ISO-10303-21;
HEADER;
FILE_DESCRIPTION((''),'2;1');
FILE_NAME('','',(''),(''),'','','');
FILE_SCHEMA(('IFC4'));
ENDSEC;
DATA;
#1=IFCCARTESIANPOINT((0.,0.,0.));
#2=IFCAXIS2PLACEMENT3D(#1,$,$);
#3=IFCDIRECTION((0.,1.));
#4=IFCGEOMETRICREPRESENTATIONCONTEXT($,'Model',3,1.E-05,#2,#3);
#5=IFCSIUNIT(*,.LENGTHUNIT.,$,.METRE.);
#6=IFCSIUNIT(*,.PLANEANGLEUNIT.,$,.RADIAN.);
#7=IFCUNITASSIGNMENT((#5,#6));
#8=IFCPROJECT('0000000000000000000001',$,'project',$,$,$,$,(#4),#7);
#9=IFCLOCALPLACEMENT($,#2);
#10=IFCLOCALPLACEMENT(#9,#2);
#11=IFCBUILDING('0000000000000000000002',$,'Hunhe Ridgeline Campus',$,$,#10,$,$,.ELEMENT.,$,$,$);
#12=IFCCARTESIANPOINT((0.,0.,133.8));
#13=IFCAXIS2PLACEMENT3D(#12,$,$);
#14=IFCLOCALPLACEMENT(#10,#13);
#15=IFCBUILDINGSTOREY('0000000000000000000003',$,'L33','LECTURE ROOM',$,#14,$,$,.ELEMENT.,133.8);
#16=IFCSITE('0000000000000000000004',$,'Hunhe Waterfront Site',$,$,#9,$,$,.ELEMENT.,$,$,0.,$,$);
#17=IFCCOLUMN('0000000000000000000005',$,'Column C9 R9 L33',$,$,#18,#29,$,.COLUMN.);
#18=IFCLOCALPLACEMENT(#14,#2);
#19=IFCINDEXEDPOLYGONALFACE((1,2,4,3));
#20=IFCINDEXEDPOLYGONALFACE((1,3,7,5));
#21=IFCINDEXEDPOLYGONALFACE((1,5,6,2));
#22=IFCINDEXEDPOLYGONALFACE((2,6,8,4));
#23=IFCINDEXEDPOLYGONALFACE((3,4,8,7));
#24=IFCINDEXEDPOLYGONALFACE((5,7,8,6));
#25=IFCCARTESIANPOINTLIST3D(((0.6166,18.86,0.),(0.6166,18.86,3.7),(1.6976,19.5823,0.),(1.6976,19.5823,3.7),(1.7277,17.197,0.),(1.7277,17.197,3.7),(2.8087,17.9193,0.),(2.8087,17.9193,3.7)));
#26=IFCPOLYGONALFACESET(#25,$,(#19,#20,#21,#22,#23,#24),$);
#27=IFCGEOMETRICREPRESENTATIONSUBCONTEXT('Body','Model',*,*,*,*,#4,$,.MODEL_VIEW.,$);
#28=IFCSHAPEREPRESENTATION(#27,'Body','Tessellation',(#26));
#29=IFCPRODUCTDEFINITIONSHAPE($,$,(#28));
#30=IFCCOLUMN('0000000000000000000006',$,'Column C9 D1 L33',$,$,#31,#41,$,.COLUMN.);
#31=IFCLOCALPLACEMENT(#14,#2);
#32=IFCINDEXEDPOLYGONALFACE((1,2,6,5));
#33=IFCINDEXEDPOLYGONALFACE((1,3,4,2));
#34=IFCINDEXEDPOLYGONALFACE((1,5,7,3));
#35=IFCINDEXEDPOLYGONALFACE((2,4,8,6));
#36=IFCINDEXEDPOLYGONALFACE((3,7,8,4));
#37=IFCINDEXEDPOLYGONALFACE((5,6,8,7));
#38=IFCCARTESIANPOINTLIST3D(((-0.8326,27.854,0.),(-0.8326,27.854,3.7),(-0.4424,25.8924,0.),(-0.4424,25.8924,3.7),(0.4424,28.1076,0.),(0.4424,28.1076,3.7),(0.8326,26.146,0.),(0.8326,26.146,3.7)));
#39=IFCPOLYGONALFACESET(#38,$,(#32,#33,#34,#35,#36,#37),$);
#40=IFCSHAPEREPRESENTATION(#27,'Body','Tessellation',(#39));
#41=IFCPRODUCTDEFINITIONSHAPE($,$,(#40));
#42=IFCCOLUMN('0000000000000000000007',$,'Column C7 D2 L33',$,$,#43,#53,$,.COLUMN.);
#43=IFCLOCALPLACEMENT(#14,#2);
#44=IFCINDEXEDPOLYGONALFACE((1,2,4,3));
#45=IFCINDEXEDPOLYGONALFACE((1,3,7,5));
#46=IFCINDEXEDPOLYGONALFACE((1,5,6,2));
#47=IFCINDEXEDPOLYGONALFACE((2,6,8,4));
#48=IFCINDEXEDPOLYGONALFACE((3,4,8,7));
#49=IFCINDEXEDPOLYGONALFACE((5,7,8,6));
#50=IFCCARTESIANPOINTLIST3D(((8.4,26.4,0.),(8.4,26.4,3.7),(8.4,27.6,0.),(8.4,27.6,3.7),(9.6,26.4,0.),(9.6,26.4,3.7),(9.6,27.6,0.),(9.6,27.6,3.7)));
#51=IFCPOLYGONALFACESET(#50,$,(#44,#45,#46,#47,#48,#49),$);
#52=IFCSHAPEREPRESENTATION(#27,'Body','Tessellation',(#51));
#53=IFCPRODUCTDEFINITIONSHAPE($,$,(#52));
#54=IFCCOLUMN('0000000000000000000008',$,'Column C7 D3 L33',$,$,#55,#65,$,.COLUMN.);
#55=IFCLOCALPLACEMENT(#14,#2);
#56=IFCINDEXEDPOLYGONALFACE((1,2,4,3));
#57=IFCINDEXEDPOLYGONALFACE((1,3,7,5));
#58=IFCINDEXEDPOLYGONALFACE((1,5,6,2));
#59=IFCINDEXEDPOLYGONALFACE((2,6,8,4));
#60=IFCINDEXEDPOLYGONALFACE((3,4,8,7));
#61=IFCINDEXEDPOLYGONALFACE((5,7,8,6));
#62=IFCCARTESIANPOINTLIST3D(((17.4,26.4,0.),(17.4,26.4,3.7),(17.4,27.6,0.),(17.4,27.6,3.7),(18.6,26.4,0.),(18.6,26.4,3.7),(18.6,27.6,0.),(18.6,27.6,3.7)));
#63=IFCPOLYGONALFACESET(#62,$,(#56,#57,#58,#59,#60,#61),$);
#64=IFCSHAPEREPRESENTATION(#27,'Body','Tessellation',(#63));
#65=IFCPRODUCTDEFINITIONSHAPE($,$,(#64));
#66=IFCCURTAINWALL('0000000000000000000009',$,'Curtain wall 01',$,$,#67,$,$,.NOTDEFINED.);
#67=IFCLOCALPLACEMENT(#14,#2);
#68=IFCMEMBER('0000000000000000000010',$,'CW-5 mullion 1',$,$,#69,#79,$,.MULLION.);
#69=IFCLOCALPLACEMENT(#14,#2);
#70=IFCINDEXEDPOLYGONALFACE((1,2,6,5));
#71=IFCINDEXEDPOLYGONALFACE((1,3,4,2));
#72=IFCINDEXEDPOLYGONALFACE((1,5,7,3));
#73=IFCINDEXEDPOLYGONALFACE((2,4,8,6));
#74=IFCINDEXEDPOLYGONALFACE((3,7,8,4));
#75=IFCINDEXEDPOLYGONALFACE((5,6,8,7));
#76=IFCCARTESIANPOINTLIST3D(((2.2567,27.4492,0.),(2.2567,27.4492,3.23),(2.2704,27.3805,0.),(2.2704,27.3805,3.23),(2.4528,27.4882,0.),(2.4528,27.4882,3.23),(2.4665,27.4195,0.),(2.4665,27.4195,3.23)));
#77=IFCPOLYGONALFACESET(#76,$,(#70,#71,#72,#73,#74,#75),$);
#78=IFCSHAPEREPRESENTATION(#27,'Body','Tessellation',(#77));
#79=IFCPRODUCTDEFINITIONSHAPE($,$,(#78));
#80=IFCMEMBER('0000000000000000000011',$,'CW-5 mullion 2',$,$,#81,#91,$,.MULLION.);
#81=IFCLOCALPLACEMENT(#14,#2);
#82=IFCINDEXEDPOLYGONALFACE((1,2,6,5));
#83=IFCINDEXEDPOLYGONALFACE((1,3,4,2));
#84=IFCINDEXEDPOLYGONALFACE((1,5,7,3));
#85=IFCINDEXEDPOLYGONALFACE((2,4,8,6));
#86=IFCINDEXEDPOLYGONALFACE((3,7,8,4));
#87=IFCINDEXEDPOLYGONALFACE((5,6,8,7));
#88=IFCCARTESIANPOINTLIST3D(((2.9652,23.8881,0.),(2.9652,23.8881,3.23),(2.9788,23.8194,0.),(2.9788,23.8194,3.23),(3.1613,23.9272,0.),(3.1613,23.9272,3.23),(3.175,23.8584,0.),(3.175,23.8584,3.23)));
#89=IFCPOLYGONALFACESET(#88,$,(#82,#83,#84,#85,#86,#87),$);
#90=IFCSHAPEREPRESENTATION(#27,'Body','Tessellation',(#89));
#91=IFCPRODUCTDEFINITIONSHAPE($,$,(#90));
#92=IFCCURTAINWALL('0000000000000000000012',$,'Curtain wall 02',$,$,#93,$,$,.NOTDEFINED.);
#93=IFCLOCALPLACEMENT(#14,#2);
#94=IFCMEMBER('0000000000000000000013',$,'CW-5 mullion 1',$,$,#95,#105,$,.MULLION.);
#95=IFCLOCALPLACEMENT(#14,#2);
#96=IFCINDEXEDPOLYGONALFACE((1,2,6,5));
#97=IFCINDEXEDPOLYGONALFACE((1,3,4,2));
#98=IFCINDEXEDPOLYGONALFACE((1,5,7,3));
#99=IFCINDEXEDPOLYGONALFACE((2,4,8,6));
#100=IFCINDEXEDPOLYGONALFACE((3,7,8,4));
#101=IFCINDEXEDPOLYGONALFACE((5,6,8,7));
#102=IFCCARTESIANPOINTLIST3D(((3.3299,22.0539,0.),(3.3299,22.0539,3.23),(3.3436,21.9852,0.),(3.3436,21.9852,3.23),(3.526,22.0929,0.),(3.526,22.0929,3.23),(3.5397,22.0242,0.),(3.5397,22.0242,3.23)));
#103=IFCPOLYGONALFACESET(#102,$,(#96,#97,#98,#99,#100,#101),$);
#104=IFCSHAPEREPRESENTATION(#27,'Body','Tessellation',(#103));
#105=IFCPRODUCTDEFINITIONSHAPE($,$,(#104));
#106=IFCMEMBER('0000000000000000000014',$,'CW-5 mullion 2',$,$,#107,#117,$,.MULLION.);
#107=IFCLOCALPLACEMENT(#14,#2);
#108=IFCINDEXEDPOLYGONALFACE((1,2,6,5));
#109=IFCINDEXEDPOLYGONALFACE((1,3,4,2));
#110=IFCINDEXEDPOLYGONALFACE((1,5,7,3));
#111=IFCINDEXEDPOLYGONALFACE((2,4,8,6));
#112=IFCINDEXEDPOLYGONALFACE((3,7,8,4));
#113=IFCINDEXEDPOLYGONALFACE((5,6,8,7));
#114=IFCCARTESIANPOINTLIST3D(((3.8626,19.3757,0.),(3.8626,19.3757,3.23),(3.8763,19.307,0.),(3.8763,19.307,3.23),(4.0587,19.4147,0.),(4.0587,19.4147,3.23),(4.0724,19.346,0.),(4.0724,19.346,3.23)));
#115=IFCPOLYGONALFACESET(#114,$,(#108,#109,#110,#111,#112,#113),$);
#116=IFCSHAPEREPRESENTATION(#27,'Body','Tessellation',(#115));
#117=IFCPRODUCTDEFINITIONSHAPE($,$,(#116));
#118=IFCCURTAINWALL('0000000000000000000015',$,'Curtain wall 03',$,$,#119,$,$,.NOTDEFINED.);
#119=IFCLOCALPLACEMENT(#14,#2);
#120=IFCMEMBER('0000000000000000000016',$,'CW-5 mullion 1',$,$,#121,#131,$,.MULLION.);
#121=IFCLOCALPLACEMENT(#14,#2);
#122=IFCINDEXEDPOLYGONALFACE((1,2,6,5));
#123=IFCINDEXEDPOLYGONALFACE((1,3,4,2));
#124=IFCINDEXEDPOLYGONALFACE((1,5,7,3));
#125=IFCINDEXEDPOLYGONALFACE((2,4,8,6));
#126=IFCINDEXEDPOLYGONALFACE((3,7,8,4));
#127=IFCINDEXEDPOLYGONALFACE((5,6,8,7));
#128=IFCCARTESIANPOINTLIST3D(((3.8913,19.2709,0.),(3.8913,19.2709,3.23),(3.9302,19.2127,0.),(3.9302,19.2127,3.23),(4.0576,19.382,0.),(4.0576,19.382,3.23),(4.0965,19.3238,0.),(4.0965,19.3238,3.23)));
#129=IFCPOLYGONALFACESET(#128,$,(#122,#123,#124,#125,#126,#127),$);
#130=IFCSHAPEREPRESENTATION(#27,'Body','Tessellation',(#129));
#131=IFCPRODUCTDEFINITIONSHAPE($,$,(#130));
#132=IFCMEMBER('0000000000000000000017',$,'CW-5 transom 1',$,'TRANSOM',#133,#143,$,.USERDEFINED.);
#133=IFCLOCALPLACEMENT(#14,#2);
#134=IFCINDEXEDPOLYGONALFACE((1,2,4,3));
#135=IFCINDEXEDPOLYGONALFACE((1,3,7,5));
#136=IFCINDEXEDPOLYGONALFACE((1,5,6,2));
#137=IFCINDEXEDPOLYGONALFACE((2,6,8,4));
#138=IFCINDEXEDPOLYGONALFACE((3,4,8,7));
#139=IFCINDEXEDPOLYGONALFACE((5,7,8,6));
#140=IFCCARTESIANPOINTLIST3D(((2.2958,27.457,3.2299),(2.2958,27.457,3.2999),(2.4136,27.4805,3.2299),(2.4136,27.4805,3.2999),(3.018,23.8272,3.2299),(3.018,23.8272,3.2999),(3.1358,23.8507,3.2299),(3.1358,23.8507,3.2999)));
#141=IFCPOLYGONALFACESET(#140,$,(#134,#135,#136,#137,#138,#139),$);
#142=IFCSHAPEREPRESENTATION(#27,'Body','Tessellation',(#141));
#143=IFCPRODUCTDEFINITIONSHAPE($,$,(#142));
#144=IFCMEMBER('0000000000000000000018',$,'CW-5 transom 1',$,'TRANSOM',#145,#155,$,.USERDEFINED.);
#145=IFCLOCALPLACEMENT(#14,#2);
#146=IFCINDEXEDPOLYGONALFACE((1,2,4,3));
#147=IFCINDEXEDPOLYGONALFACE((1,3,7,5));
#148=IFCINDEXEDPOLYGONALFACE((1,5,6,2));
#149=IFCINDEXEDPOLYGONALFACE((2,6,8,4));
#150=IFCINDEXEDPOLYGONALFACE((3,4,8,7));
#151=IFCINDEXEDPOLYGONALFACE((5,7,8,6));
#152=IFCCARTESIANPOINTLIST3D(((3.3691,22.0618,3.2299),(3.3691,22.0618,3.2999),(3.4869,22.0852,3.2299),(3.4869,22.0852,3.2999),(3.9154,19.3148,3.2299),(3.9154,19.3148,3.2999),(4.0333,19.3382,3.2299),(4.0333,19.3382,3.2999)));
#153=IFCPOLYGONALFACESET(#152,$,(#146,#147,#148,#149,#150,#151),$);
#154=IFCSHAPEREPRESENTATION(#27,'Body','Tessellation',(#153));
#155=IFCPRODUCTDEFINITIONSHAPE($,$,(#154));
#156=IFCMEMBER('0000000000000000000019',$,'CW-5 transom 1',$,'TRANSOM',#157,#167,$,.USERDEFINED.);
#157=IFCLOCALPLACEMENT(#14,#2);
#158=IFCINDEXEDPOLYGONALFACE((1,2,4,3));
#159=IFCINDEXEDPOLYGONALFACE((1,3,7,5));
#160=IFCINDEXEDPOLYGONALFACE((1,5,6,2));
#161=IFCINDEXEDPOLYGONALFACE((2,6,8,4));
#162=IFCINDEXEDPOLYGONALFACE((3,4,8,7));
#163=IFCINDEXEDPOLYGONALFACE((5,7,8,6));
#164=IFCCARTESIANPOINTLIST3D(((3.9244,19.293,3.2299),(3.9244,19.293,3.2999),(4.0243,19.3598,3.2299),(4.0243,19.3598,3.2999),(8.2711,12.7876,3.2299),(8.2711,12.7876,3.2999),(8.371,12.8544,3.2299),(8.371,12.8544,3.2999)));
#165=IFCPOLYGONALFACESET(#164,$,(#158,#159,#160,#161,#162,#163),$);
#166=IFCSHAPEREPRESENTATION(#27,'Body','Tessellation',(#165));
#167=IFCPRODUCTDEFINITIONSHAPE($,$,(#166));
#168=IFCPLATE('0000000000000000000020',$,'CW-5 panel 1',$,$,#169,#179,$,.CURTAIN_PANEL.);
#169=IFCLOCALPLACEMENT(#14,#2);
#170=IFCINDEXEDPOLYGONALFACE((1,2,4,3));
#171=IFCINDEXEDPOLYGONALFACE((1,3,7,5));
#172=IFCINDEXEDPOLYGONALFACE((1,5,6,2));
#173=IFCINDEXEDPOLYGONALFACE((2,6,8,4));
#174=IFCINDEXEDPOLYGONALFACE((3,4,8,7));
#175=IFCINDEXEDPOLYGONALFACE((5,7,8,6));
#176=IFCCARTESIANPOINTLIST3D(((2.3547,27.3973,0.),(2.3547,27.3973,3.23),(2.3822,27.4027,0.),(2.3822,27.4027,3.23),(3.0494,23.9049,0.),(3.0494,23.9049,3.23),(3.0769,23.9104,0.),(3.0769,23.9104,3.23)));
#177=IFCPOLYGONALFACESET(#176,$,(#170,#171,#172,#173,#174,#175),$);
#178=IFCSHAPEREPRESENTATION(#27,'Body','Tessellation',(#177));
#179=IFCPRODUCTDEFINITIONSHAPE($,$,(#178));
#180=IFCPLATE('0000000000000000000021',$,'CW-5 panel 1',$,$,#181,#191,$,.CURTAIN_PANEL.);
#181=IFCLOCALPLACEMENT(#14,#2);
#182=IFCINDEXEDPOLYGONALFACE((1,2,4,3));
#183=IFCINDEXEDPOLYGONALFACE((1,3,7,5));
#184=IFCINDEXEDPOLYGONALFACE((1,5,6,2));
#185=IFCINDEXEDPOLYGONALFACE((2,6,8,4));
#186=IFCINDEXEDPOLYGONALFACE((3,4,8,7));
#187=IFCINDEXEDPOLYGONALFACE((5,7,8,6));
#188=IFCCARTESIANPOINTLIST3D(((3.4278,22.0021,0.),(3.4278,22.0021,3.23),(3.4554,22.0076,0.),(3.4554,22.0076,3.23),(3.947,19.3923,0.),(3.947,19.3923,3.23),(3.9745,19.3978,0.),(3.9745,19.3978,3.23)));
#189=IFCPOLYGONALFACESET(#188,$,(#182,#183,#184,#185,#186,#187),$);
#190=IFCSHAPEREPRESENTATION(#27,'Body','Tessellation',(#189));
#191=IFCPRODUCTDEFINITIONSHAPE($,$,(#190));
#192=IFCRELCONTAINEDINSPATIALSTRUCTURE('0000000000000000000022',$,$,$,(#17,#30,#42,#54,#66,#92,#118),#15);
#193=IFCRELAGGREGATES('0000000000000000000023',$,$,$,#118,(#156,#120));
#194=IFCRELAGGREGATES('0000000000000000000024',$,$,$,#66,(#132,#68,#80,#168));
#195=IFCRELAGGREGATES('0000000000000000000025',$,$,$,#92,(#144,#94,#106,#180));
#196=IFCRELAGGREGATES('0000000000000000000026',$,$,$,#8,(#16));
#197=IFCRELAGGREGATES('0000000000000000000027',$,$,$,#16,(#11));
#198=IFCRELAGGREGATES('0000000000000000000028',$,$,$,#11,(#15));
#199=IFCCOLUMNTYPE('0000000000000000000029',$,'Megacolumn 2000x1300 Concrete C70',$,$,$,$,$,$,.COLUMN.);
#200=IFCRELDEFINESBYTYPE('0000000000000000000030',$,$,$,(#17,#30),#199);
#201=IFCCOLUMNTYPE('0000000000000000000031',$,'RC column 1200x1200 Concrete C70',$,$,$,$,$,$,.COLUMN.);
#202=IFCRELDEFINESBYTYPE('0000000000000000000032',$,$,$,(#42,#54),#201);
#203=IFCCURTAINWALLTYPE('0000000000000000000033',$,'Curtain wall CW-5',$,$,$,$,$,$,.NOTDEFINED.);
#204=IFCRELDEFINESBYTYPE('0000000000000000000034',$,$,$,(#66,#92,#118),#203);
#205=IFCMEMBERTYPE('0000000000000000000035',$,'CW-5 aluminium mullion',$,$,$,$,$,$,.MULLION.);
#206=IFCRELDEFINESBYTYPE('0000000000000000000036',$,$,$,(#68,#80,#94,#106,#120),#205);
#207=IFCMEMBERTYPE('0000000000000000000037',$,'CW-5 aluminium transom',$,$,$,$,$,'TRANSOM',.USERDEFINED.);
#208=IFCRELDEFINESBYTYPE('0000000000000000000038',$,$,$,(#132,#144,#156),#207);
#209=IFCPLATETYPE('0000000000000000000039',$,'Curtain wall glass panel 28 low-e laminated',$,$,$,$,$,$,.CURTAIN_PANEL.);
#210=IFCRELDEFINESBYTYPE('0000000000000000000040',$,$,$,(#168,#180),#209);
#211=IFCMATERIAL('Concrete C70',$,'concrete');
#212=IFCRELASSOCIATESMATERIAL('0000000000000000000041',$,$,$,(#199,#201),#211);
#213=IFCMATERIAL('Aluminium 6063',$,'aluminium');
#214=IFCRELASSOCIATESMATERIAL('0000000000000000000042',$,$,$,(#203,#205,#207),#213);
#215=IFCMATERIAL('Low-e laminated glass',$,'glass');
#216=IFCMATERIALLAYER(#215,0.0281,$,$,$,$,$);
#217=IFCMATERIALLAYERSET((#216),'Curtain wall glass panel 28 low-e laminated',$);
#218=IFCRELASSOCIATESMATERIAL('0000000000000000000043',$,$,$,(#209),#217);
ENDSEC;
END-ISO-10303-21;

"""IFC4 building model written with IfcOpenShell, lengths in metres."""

from ifc_helpers import new_model, si_unit, direction, frame, origin, origin_2d, place, context, subcontext, project, spatial, rectangle, extrude, material, layer, layer_set, material_profile, profile_set, type_object, element, aggregate, save


model = new_model("IFC4")

# Units and contexts
model_context = context("Model", 3, precision=1e-05, world=origin(), true_north=direction((0.0, 1.0)))
body_context = subcontext(model_context, "Body", "Model", "MODEL_VIEW")
ifc_project = project(units=[si_unit("LENGTHUNIT", "METRE"), si_unit("PLANEANGLEUNIT", "RADIAN")], contexts=[model_context])

# Site, building, storey
site_placement = place(None, origin())
site = spatial("IfcSite", under=ifc_project, at=site_placement, Name="Hunhe Waterfront Site", CompositionType="ELEMENT", RefElevation=0.0)
building_placement = place(site_placement, origin())
building = spatial("IfcBuilding", under=site, at=building_placement, Name="Hunhe Ridgeline Campus", CompositionType="ELEMENT")
storey_placement = place(building_placement, frame((0.0, 0.0, 133.8)))
storey = spatial("IfcBuildingStorey", under=building, at=storey_placement, Name="L33", Description="LECTURE ROOM", CompositionType="ELEMENT", Elevation=133.8)

# Columns
ifc_material_1 = material(Name="Concrete C70", Category="concrete")
ifc_material_profile_1 = material_profile(ifc_material_1, rectangle(XDim=2.0, YDim=1.3, at=origin_2d()))
ifc_profile_set_1 = profile_set([ifc_material_profile_1], Name="Concrete C70")
column_type_1 = type_object("IfcColumnType", Name="Megacolumn 2000x1300 Concrete C70", PredefinedType="COLUMN", material=ifc_profile_set_1)
for number, where, z_axis, x_axis, name in (
    (1, (1.7126, 18.3896, 0.0), (0.0, 0.0, 1.0), (-0.55557, 0.83147, 0.0), "Column C9 R9 L33"),
    (2, (0.0, 27.0, 0.0), (0.0, 0.0, 1.0), (-0.19509, 0.980785, 0.0), "Column C9 D1 L33"),
):
    element("IfcColumn", number, at=place(storey_placement, frame(where, z_axis=z_axis, x_axis=x_axis)), inside=storey, type_object=column_type_1, Name=name, PredefinedType="COLUMN", context=body_context, shape_type="SweptSolid", body=[
        extrude(rectangle(XDim=2.0, YDim=1.3, at=origin_2d()), origin(), (0.0, 0.0, 1.0), 3.7),
    ])
ifc_material_profile_2 = material_profile(ifc_material_1, rectangle(XDim=1.2, YDim=1.2, at=origin_2d()))
ifc_profile_set_2 = profile_set([ifc_material_profile_2], Name="Concrete C70")
column_type_2 = type_object("IfcColumnType", Name="RC column 1200x1200 Concrete C70", PredefinedType="COLUMN", material=ifc_profile_set_2)
for number, where, z_axis, x_axis, name in (
    (3, (9.0, 27.0, 0.0), (0.0, 0.0, 1.0), (1.0, 0.0, 0.0), "Column C7 D2 L33"),
    (4, (18.0, 27.0, 0.0), (0.0, 0.0, 1.0), (1.0, 0.0, 0.0), "Column C7 D3 L33"),
):
    element("IfcColumn", number, at=place(storey_placement, frame(where, z_axis=z_axis, x_axis=x_axis)), inside=storey, type_object=column_type_2, Name=name, PredefinedType="COLUMN", context=body_context, shape_type="SweptSolid", body=[
        extrude(rectangle(XDim=1.2, YDim=1.2, at=origin_2d()), origin(), (0.0, 0.0, 1.0), 3.7),
    ])

# Curtain walls, members
ifc_material_2 = material(Name="Aluminium 6063", Category="aluminium")
curtain_wall_type = type_object("IfcCurtainWallType", Name="Curtain wall CW-5", PredefinedType="NOTDEFINED", material=ifc_material_2)
curtain_wall_1_placement = place(storey_placement, origin())
curtain_wall_1 = element("IfcCurtainWall", 5, at=curtain_wall_1_placement, inside=storey, type_object=curtain_wall_type, Name="Curtain wall 01", PredefinedType="NOTDEFINED")
ifc_material_profile_3 = material_profile(ifc_material_2, rectangle(XDim=0.2, YDim=0.0701, at=origin_2d()))
ifc_profile_set_3 = profile_set([ifc_material_profile_3], Name="Aluminium 6063")
member_type_1 = type_object("IfcMemberType", Name="CW-5 aluminium mullion", PredefinedType="MULLION", material=ifc_profile_set_3)
member_1_placement = place(storey_placement, frame((2.3616, 27.4343, 0.0), z_axis=(0.0, 0.0, 1.0), x_axis=(0.980784, 0.195095, 0.0)))
member_1 = element("IfcMember", 6, at=member_1_placement, type_object=member_type_1, Name="CW-5 mullion 1", PredefinedType="MULLION", context=body_context, shape_type="SweptSolid", body=[
    extrude(rectangle(XDim=0.2, YDim=0.0701, at=origin_2d()), origin(), (0.0, 0.0, 1.0), 3.23),
])
member_2_placement = place(storey_placement, frame((3.0701, 23.8733, 0.0), z_axis=(0.0, 0.0, 1.0), x_axis=(0.980784, 0.195095, 0.0)))
member_2 = element("IfcMember", 7, at=member_2_placement, type_object=member_type_1, Name="CW-5 mullion 2", PredefinedType="MULLION", context=body_context, shape_type="SweptSolid", body=[
    extrude(rectangle(XDim=0.2, YDim=0.0701, at=origin_2d()), origin(), (0.0, 0.0, 1.0), 3.23),
])
curtain_wall_2_placement = place(storey_placement, origin())
curtain_wall_2 = element("IfcCurtainWall", 8, at=curtain_wall_2_placement, inside=storey, type_object=curtain_wall_type, Name="Curtain wall 02", PredefinedType="NOTDEFINED")
member_3_placement = place(storey_placement, frame((3.4348, 22.0391, 0.0), z_axis=(0.0, 0.0, 1.0), x_axis=(0.980784, 0.195095, 0.0)))
member_3 = element("IfcMember", 9, at=member_3_placement, type_object=member_type_1, Name="CW-5 mullion 1", PredefinedType="MULLION", context=body_context, shape_type="SweptSolid", body=[
    extrude(rectangle(XDim=0.2, YDim=0.0701, at=origin_2d()), origin(), (0.0, 0.0, 1.0), 3.23),
])
member_4_placement = place(storey_placement, frame((3.9675, 19.3608, 0.0), z_axis=(0.0, 0.0, 1.0), x_axis=(0.980784, 0.195095, 0.0)))
member_4 = element("IfcMember", 10, at=member_4_placement, type_object=member_type_1, Name="CW-5 mullion 2", PredefinedType="MULLION", context=body_context, shape_type="SweptSolid", body=[
    extrude(rectangle(XDim=0.2, YDim=0.0701, at=origin_2d()), origin(), (0.0, 0.0, 1.0), 3.23),
])

# Curtain wall, member
curtain_wall_3_placement = place(storey_placement, origin())
curtain_wall_3 = element("IfcCurtainWall", 11, at=curtain_wall_3_placement, inside=storey, type_object=curtain_wall_type, Name="Curtain wall 03", PredefinedType="NOTDEFINED")
member_5_placement = place(storey_placement, frame((3.9939, 19.2974, 0.0), z_axis=(0.0, 0.0, 1.0), x_axis=(0.83147, 0.55557, 0.0)))
member_5 = element("IfcMember", 12, at=member_5_placement, type_object=member_type_1, Name="CW-5 mullion 1", PredefinedType="MULLION", context=body_context, shape_type="SweptSolid", body=[
    extrude(rectangle(XDim=0.2, YDim=0.0701, at=origin_2d()), origin(), (0.0, 0.0, 1.0), 3.23),
])

# Members
ifc_material_profile_4 = material_profile(ifc_material_2, rectangle(XDim=0.1201, YDim=0.0701, at=origin_2d()))
ifc_profile_set_4 = profile_set([ifc_material_profile_4], Name="Aluminium 6063")
member_type_2 = type_object("IfcMemberType", Name="CW-5 aluminium transom", ElementType="TRANSOM", PredefinedType="USERDEFINED", material=ifc_profile_set_4)
member_6_placement = place(storey_placement, frame((2.3547, 27.4688, 3.2649), z_axis=(0.195127, -0.980778, 0.0), x_axis=(0.980778, 0.195127, 0.0)))
member_6 = element("IfcMember", 13, at=member_6_placement, type_object=member_type_2, Name="CW-5 transom 1", ObjectType="TRANSOM", PredefinedType="USERDEFINED", context=body_context, shape_type="SweptSolid", body=[
    extrude(rectangle(XDim=0.1201, YDim=0.0701, at=origin_2d()), origin(), (0.0, 0.0, 1.0), 3.7009),
])
member_7_placement = place(storey_placement, frame((3.428, 22.0735, 3.2649), z_axis=(0.195077, -0.980788, 0.0), x_axis=(0.980788, 0.195077, 0.0)))
member_7 = element("IfcMember", 14, at=member_7_placement, type_object=member_type_2, Name="CW-5 transom 1", ObjectType="TRANSOM", PredefinedType="USERDEFINED", context=body_context, shape_type="SweptSolid", body=[
    extrude(rectangle(XDim=0.1201, YDim=0.0701, at=origin_2d()), origin(), (0.0, 0.0, 1.0), 2.8008),
])
member_8_placement = place(storey_placement, frame((3.9744, 19.3264, 3.2649), z_axis=(0.555564, -0.831474, 0.0), x_axis=(0.831474, 0.555564, 0.0)))
member_8 = element("IfcMember", 15, at=member_8_placement, type_object=member_type_2, Name="CW-5 transom 1", ObjectType="TRANSOM", PredefinedType="USERDEFINED", context=body_context, shape_type="SweptSolid", body=[
    extrude(rectangle(XDim=0.1201, YDim=0.0701, at=origin_2d()), origin(), (0.0, 0.0, 1.0), 7.824),
])
aggregate(curtain_wall_3, [member_8, member_5])

# Plates
ifc_material_3 = material(Name="Low-e laminated glass", Category="glass")
ifc_layer_1 = layer(ifc_material_3, 0.0281)
ifc_layer_set_1 = layer_set([ifc_layer_1], Name="Curtain wall glass panel 28 low-e laminated")
plate_type = type_object("IfcPlateType", Name="Curtain wall glass panel 28 low-e laminated", PredefinedType="CURTAIN_PANEL", material=ifc_layer_set_1)
plate_1_placement = place(storey_placement, frame((2.7158, 25.6538, 0.0), z_axis=(0.0, 0.0, 1.0), x_axis=(0.195095, -0.980784, 0.0)))
plate_1 = element("IfcPlate", 16, at=plate_1_placement, type_object=plate_type, Name="CW-5 panel 1", PredefinedType="CURTAIN_PANEL", context=body_context, shape_type="SweptSolid", body=[
    extrude(rectangle(XDim=3.5608, YDim=0.0281, at=origin_2d()), origin(), (0.0, 0.0, 1.0), 3.23),
])
aggregate(curtain_wall_1, [member_6, member_1, member_2, plate_1])
plate_2_placement = place(storey_placement, frame((3.7012, 20.7, 0.0), z_axis=(0.0, 0.0, 1.0), x_axis=(0.195095, -0.980784, 0.0)))
plate_2 = element("IfcPlate", 17, at=plate_2_placement, type_object=plate_type, Name="CW-5 panel 1", PredefinedType="CURTAIN_PANEL", context=body_context, shape_type="SweptSolid", body=[
    extrude(rectangle(XDim=2.6609, YDim=0.0281, at=origin_2d()), origin(), (0.0, 0.0, 1.0), 3.23),
])
aggregate(curtain_wall_2, [member_7, member_3, member_4, plate_2])

save(model, "model.ifc")
